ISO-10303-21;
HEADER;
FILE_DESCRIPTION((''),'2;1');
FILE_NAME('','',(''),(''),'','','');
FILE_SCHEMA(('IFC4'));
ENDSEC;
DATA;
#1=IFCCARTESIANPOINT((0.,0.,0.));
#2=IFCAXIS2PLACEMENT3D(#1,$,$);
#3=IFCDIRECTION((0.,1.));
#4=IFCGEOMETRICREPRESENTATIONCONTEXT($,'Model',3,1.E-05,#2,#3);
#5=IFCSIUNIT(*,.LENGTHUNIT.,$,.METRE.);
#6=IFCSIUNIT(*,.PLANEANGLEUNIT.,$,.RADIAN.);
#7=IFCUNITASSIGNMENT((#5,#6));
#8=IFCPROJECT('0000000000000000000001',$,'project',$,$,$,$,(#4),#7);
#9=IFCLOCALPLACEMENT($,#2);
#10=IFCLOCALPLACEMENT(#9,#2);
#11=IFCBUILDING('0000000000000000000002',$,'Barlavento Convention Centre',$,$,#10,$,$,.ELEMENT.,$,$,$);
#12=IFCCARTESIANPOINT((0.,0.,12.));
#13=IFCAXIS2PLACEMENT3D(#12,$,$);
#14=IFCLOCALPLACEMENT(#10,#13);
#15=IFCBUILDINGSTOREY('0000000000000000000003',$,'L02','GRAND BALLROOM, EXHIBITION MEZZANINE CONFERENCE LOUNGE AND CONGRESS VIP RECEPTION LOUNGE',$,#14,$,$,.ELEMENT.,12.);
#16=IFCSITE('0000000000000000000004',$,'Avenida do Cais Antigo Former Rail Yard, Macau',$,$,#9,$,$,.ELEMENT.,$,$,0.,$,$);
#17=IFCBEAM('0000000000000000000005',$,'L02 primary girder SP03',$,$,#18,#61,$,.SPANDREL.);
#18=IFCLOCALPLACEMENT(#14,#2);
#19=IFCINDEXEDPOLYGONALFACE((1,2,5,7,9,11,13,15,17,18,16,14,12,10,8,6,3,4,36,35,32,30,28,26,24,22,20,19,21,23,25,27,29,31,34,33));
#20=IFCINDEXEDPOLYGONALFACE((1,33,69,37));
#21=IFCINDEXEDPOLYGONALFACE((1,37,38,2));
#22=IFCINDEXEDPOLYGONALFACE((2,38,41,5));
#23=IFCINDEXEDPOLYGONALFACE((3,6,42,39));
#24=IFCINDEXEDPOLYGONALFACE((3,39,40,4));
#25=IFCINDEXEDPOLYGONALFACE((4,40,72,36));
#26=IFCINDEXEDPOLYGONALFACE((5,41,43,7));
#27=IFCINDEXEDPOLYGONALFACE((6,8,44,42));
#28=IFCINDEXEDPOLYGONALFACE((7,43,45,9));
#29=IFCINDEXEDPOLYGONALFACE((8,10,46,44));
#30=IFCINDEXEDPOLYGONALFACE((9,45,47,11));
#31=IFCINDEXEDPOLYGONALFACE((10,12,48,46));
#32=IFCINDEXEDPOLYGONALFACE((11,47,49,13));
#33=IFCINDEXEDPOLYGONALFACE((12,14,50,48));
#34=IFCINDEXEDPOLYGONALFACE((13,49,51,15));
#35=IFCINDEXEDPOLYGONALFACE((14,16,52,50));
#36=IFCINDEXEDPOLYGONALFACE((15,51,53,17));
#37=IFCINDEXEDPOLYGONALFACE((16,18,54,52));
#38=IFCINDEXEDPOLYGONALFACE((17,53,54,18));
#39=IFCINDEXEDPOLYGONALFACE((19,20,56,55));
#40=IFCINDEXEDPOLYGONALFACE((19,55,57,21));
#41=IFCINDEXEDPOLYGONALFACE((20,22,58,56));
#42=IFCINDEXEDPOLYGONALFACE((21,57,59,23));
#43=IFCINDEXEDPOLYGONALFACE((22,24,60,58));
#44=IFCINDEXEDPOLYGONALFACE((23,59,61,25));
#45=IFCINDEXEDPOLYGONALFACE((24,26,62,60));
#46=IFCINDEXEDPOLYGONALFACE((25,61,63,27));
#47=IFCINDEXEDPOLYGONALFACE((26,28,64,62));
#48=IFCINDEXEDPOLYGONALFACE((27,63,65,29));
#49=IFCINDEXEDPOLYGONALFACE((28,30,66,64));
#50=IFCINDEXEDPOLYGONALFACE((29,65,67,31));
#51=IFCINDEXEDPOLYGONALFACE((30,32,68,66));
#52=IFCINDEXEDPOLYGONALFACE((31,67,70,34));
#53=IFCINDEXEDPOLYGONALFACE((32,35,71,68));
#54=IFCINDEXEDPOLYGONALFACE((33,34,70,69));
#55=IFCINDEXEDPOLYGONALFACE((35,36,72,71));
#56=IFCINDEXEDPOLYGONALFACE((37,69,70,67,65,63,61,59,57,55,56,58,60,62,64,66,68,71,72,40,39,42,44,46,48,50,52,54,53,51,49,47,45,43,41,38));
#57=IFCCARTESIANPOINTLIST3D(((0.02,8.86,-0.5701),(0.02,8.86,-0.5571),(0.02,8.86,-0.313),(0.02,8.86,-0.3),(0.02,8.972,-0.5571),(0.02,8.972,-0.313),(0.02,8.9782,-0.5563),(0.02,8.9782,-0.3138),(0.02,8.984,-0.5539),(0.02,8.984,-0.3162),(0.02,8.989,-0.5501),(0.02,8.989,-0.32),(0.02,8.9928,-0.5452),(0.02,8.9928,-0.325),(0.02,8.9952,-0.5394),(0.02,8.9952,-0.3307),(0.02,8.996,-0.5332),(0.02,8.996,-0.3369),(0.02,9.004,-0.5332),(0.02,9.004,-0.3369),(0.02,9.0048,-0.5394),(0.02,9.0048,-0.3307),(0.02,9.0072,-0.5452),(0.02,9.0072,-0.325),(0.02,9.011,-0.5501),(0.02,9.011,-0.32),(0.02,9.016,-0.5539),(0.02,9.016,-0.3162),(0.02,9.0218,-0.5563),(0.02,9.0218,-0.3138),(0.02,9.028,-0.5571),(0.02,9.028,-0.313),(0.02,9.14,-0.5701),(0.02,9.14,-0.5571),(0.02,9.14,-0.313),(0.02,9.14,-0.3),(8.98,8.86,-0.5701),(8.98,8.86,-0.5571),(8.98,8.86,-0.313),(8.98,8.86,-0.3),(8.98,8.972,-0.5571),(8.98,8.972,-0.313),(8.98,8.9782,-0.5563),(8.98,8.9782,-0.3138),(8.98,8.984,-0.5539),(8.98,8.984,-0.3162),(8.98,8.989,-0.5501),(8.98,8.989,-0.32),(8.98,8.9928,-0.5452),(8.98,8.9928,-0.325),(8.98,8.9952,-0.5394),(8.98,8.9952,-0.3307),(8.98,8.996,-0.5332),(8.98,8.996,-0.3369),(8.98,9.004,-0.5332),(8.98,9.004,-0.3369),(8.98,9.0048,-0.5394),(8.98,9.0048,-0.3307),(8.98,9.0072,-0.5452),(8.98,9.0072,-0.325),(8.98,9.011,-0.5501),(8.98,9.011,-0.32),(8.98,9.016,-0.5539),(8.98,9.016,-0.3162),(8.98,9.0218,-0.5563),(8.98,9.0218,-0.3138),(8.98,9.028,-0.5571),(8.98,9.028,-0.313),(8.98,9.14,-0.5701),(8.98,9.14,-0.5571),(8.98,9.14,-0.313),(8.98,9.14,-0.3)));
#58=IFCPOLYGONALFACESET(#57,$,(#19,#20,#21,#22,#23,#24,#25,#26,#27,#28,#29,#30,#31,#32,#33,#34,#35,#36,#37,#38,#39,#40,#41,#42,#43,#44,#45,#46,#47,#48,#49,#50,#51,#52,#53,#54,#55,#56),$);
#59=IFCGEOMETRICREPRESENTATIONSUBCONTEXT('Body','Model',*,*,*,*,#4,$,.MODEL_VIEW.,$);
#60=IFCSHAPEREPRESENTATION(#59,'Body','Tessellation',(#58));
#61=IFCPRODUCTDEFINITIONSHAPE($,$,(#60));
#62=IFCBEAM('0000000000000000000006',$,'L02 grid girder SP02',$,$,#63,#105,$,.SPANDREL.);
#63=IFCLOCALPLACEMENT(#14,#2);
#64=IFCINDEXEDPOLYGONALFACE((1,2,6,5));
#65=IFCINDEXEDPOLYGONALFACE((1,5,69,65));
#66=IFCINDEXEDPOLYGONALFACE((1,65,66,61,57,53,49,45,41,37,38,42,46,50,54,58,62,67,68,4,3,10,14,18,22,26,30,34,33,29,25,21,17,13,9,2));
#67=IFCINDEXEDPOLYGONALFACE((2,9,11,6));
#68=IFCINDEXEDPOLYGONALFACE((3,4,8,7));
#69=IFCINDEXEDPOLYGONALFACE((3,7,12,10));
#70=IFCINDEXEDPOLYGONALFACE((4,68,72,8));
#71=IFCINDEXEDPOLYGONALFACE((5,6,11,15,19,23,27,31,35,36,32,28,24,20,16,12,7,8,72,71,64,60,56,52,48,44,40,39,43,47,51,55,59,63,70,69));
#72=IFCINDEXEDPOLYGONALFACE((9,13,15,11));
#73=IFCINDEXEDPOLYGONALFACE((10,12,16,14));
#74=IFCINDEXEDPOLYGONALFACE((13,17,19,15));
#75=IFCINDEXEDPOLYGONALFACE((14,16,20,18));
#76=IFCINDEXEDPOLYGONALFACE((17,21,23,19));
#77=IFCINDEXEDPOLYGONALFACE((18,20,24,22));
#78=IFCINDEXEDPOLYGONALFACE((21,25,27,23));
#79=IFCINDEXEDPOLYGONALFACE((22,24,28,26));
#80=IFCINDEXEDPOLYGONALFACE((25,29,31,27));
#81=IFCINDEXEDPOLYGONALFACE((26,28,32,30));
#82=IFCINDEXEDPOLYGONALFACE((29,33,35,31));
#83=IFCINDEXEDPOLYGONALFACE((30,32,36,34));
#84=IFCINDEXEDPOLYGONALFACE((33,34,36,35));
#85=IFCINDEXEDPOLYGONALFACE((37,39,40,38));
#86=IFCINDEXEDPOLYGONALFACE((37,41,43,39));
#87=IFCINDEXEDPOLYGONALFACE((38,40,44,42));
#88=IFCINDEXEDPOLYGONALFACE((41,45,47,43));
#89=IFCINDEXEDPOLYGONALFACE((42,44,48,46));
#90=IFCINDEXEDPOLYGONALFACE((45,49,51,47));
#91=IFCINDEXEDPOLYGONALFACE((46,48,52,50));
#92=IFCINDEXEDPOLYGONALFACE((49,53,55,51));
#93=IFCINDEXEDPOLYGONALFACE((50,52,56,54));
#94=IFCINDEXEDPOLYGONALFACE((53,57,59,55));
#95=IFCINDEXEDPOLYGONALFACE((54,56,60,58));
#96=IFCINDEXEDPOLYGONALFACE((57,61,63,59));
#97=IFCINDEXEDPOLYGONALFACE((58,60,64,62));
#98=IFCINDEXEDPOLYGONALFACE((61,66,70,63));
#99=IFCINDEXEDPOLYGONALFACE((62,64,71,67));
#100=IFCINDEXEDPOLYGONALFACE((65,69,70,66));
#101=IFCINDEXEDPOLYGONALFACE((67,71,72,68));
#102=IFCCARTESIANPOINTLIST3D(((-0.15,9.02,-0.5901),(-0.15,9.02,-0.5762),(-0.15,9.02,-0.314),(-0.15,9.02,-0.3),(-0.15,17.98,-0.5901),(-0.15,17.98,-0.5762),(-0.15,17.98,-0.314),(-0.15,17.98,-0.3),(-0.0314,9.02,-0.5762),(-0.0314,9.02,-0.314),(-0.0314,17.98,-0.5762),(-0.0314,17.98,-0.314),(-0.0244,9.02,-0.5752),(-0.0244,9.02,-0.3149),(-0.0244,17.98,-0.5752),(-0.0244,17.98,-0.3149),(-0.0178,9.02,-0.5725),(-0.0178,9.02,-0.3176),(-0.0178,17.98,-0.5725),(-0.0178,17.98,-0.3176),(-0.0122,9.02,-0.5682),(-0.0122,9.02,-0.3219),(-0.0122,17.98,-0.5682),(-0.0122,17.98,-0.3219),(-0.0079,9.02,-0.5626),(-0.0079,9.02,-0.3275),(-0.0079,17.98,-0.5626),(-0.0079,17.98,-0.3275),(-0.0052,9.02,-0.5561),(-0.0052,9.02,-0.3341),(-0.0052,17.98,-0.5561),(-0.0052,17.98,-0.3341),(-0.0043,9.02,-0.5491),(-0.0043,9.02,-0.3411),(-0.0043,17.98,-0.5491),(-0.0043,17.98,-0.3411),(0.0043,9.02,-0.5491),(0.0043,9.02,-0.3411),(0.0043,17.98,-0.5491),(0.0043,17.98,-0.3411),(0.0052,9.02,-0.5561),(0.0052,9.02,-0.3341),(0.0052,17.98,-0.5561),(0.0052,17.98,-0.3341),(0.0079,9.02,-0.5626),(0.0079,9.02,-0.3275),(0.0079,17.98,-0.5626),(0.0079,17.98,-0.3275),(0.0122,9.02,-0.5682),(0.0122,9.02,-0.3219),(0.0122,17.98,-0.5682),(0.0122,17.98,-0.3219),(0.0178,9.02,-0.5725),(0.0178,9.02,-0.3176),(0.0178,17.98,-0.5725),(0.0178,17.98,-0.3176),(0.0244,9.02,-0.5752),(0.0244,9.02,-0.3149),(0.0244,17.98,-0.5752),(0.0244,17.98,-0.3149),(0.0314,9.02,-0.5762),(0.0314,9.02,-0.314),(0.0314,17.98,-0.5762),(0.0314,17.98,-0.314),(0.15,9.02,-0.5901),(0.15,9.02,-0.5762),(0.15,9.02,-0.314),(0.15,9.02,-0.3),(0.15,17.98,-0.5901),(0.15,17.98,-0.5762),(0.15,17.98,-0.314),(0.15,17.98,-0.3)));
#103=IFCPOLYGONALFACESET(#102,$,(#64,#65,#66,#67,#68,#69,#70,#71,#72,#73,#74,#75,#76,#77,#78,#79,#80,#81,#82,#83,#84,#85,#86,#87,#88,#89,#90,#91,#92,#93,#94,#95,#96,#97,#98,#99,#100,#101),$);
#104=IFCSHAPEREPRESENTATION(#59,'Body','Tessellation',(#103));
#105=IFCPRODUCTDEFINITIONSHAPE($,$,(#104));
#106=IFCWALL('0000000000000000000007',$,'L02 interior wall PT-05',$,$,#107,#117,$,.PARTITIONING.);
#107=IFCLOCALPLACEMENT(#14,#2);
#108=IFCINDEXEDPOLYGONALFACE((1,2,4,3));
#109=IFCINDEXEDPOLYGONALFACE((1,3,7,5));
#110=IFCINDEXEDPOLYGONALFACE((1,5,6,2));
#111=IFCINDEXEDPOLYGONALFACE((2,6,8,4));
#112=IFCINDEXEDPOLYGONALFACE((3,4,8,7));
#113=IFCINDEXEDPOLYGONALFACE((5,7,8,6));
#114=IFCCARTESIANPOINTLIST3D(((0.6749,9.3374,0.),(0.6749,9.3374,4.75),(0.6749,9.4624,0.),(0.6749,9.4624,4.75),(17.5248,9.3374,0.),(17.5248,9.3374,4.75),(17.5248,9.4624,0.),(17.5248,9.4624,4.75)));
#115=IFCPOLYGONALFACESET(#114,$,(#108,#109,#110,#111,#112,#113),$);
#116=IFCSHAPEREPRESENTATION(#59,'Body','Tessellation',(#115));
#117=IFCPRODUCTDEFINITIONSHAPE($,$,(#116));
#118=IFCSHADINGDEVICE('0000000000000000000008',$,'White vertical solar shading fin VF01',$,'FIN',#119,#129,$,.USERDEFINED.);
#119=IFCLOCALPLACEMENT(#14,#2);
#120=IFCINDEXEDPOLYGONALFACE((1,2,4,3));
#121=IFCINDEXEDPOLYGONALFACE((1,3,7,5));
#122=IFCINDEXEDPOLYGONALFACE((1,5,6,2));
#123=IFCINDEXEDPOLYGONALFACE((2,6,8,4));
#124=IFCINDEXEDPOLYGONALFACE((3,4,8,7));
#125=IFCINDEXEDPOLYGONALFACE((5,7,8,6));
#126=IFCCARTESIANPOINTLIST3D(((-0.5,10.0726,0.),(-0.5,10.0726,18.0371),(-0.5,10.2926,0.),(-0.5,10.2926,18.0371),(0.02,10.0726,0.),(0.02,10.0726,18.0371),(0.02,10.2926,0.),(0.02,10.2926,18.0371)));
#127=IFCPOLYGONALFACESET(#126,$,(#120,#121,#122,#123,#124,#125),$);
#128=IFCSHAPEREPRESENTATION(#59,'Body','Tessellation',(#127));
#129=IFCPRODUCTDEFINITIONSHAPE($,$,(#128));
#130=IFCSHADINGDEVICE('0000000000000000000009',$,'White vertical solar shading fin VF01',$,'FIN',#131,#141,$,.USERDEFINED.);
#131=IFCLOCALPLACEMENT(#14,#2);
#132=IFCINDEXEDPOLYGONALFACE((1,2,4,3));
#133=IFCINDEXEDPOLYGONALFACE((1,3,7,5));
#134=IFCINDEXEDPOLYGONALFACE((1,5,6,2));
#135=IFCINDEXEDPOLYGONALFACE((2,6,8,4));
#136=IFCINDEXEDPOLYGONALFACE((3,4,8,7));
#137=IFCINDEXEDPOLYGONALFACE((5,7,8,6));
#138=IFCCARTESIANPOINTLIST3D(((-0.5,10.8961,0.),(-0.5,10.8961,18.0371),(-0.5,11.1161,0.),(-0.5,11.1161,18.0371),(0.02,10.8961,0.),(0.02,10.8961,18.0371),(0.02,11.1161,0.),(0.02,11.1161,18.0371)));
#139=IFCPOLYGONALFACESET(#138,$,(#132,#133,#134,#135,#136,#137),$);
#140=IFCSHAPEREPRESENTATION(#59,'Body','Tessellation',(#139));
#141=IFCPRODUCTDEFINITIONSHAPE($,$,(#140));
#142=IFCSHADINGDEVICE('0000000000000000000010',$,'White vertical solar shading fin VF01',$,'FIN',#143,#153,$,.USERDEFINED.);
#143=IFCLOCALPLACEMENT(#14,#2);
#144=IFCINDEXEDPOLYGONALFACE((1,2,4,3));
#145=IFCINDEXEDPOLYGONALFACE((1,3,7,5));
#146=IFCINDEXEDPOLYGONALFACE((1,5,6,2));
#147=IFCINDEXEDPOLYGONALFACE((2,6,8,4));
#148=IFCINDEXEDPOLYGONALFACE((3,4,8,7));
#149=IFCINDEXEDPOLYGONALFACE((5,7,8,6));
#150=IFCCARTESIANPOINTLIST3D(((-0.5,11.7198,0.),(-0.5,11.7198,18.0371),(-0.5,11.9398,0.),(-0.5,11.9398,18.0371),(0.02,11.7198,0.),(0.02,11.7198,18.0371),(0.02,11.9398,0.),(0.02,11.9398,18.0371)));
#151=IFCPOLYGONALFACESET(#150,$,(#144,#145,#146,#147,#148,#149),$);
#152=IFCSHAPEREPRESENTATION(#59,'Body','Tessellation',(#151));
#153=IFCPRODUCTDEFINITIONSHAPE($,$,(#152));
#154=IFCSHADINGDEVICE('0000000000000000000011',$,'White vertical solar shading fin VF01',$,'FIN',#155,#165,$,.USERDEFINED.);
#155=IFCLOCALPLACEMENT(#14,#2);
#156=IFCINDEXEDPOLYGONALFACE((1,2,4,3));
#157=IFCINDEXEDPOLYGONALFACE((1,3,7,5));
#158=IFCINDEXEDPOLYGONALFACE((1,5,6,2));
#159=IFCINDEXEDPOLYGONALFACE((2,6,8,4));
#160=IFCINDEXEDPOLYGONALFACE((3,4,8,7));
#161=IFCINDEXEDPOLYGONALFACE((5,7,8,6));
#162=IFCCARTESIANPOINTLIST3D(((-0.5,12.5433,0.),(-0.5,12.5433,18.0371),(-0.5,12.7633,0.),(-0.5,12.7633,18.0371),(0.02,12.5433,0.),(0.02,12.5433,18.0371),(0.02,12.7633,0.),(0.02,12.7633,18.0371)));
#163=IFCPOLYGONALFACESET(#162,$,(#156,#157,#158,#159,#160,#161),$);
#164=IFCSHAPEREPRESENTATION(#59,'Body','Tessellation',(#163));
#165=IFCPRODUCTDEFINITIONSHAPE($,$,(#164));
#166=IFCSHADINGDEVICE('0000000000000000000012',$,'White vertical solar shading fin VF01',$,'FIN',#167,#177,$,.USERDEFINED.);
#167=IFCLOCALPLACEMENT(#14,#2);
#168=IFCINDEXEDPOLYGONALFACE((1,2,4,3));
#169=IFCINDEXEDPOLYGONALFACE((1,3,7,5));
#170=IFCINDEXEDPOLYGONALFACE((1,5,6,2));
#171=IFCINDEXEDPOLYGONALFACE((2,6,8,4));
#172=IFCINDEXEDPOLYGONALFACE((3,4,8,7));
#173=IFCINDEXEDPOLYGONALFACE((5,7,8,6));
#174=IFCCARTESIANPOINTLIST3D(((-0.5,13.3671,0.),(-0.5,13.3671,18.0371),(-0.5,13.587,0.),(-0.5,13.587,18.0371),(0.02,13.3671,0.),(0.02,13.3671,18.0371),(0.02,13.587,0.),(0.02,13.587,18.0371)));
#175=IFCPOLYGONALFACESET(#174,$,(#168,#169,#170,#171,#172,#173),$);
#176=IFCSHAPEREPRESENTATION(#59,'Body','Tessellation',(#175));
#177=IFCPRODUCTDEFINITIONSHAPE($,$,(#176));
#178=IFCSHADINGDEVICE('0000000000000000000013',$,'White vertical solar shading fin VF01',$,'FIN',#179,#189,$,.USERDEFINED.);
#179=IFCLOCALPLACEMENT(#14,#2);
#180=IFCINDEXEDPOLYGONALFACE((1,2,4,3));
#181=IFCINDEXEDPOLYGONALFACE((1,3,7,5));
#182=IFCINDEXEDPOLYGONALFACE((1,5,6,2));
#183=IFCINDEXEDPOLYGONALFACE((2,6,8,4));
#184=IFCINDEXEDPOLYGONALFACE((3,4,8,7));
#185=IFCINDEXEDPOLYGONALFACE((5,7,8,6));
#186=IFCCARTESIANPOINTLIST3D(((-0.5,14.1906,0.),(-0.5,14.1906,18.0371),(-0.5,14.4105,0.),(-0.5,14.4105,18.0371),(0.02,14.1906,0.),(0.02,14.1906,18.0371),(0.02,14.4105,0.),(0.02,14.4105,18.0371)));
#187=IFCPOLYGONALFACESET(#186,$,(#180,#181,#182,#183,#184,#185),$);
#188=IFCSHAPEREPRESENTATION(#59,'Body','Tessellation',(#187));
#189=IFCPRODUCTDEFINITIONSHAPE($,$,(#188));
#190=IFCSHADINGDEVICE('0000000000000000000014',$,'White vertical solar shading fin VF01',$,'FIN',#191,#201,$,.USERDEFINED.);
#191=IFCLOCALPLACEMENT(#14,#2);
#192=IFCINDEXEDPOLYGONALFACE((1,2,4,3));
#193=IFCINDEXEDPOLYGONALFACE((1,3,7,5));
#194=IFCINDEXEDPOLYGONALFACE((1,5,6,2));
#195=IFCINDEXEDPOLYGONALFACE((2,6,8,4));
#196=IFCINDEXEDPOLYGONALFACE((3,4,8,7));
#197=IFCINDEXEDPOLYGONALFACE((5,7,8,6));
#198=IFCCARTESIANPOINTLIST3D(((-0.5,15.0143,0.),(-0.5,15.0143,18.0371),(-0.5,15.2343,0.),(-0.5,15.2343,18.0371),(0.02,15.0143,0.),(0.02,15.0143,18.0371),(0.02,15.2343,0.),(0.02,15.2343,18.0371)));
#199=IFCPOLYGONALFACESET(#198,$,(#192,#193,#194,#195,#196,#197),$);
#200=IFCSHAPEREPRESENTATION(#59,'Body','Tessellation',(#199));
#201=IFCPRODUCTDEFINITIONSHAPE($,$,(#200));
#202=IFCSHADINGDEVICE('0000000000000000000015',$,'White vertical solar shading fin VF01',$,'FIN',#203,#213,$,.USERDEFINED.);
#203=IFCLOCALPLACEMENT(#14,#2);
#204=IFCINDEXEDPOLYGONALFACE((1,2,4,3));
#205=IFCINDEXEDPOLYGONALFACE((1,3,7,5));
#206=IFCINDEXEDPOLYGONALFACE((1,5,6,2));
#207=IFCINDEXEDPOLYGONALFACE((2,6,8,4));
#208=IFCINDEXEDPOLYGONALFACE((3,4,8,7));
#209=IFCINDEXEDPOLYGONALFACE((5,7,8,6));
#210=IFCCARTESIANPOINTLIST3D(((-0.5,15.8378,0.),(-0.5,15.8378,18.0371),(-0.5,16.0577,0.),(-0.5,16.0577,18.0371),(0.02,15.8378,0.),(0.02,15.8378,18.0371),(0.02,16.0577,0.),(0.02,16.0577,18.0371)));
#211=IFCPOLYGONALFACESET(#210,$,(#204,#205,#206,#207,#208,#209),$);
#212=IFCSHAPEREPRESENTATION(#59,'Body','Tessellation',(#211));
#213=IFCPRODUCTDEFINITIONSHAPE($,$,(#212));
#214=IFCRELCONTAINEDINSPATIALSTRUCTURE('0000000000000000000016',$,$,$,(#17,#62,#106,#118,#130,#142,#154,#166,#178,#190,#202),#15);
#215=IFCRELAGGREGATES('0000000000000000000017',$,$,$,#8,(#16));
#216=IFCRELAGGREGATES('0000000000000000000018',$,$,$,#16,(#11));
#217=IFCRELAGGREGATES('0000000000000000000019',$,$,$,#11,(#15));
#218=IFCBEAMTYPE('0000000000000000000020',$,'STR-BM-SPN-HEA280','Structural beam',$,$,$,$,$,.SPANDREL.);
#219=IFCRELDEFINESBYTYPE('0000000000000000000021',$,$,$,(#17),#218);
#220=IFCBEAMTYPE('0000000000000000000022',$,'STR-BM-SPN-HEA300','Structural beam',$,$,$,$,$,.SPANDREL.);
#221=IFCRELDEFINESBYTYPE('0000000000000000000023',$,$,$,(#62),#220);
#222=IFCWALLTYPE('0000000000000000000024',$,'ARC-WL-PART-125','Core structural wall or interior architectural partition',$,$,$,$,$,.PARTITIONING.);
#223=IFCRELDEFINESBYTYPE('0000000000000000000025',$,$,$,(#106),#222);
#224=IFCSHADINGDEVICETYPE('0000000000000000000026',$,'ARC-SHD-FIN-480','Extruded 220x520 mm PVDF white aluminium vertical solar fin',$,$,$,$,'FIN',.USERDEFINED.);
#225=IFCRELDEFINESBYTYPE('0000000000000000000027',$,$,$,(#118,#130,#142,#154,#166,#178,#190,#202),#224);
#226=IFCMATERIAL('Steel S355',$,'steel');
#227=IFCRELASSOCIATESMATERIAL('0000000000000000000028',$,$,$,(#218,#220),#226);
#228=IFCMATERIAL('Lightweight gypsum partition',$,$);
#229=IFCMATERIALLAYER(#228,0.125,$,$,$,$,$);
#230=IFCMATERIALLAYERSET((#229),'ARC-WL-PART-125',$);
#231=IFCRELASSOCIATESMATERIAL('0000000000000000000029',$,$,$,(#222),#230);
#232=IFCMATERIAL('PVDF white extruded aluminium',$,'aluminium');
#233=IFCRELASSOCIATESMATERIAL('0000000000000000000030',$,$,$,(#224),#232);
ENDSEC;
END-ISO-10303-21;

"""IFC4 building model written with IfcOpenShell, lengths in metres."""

from ifc_helpers import new_model, si_unit, direction, frame, frame_2d, origin, origin_2d, place, context, subcontext, project, spatial, rectangle, i_section, extrude, material, layer, layer_set, material_profile, profile_set, type_object, element, save


model = new_model("IFC4")

# Units and contexts
model_context = context("Model", 3, precision=1e-05, world=origin(), true_north=direction((0.0, 1.0)))
body_context = subcontext(model_context, "Body", "Model", "MODEL_VIEW")
ifc_project = project(units=[si_unit("LENGTHUNIT", "METRE"), si_unit("PLANEANGLEUNIT", "RADIAN")], contexts=[model_context])

# Site, building, storey
site_placement = place(None, origin())
site = spatial("IfcSite", under=ifc_project, at=site_placement, Name="Avenida do Cais Antigo Former Rail Yard, Macau", CompositionType="ELEMENT", RefElevation=0.0)
building_placement = place(site_placement, origin())
building = spatial("IfcBuilding", under=site, at=building_placement, Name="Barlavento Convention Centre", CompositionType="ELEMENT")
storey_placement = place(building_placement, frame((0.0, 0.0, 12.0)))
storey = spatial("IfcBuildingStorey", under=building, at=storey_placement, Name="L02", Description="GRAND BALLROOM, EXHIBITION MEZZANINE CONFERENCE LOUNGE AND CONGRESS VIP RECEPTION LOUNGE", CompositionType="ELEMENT", Elevation=12.0)

# Beams
ifc_material_1 = material(Name="Steel S355", Category="steel")
ifc_material_profile_1 = material_profile(ifc_material_1, i_section(OverallWidth=0.28, OverallDepth=0.27, WebThickness=0.0081, FlangeThickness=0.0129, FilletRadius=0.0239, at=origin_2d()), Name="HEA 280")
ifc_profile_set_1 = profile_set([ifc_material_profile_1], Name="Steel S355")
beam_type_1 = type_object("IfcBeamType", Name="STR-BM-SPN-HEA280", Description="Structural beam", PredefinedType="SPANDREL", material=ifc_profile_set_1)
beam_1_placement = place(storey_placement, frame((0.02, 9.0, -0.4351), z_axis=(1.0, 0.0, 0.0), x_axis=(0.0, 1.0, 0.0)))
element("IfcBeam", 1, at=beam_1_placement, inside=storey, type_object=beam_type_1, Name="L02 primary girder SP03", PredefinedType="SPANDREL", context=body_context, shape_type="SweptSolid", body=[
    extrude(i_section(OverallWidth=0.28, OverallDepth=0.27, WebThickness=0.0081, FlangeThickness=0.0129, FilletRadius=0.0239, at=origin_2d()), origin(), (0.0, 0.0, 1.0), 8.96),
])
ifc_material_profile_2 = material_profile(ifc_material_1, i_section(OverallWidth=0.3, OverallDepth=0.29, WebThickness=0.0085, FlangeThickness=0.0139, FilletRadius=0.0271, at=origin_2d()), Name="HEA 300")
ifc_profile_set_2 = profile_set([ifc_material_profile_2], Name="Steel S355")
beam_type_2 = type_object("IfcBeamType", Name="STR-BM-SPN-HEA300", Description="Structural beam", PredefinedType="SPANDREL", material=ifc_profile_set_2)
beam_2_placement = place(storey_placement, frame((0.0, 9.02, -0.4451), z_axis=(0.0, 1.0, 0.0), x_axis=(-1.0, 0.0, 0.0)))
element("IfcBeam", 2, at=beam_2_placement, inside=storey, type_object=beam_type_2, Name="L02 grid girder SP02", PredefinedType="SPANDREL", context=body_context, shape_type="SweptSolid", body=[
    extrude(i_section(OverallWidth=0.3, OverallDepth=0.29, WebThickness=0.0085, FlangeThickness=0.0139, FilletRadius=0.0271, at=origin_2d()), origin(), (0.0, 0.0, 1.0), 8.96),
])

# Wall
ifc_material_2 = material(Name="Lightweight gypsum partition")
ifc_layer_1 = layer(ifc_material_2, 0.125)
ifc_layer_set_1 = layer_set([ifc_layer_1], Name="ARC-WL-PART-125")
wall_type = type_object("IfcWallType", Name="ARC-WL-PART-125", Description="Core structural wall or interior architectural partition", PredefinedType="PARTITIONING", material=ifc_layer_set_1)
wall_placement = place(storey_placement, frame((0.675, 9.3999, 0.0), z_axis=(0.0, 0.0, 1.0), x_axis=(1.0, 0.0, 0.0)))
element("IfcWall", 3, at=wall_placement, inside=storey, type_object=wall_type, Name="L02 interior wall PT-05", PredefinedType="PARTITIONING", context=body_context, shape_type="SweptSolid", body=[
    extrude(rectangle(XDim=16.8499, YDim=0.125, at=frame_2d((8.4248, 0.0))), origin(), (0.0, 0.0, 1.0), 4.75),
])

# Shading devices
ifc_material_3 = material(Name="PVDF white extruded aluminium", Category="aluminium")
shading_device_type = type_object("IfcShadingDeviceType", Name="ARC-SHD-FIN-480", Description="Extruded 220x520 mm PVDF white aluminium vertical solar fin", ElementType="FIN", PredefinedType="USERDEFINED", material=ifc_material_3)
for number, where, z_axis, x_axis, name in (
    (4, (-0.24, 10.1826, 0.0), (0.0, 0.0, 1.0), (0.0, 1.0, 0.0), "White vertical solar shading fin VF01"),
    (5, (-0.24, 11.0061, 0.0), (0.0, 0.0, 1.0), (0.0, 1.0, 0.0), "White vertical solar shading fin VF01"),
    (6, (-0.24, 11.8298, 0.0), (0.0, 0.0, 1.0), (0.0, 1.0, 0.0), "White vertical solar shading fin VF01"),
    (7, (-0.24, 12.6533, 0.0), (0.0, 0.0, 1.0), (0.0, 1.0, 0.0), "White vertical solar shading fin VF01"),
    (8, (-0.24, 13.4771, 0.0), (0.0, 0.0, 1.0), (0.0, 1.0, 0.0), "White vertical solar shading fin VF01"),
    (9, (-0.24, 14.3005, 0.0), (0.0, 0.0, 1.0), (0.0, 1.0, 0.0), "White vertical solar shading fin VF01"),
    (10, (-0.24, 15.1243, 0.0), (0.0, 0.0, 1.0), (0.0, 1.0, 0.0), "White vertical solar shading fin VF01"),
    (11, (-0.24, 15.9478, 0.0), (0.0, 0.0, 1.0), (0.0, 1.0, 0.0), "White vertical solar shading fin VF01"),
):
    element("IfcShadingDevice", number, at=place(storey_placement, frame(where, z_axis=z_axis, x_axis=x_axis)), inside=storey, type_object=shading_device_type, Name=name, ObjectType="FIN", PredefinedType="USERDEFINED", context=body_context, shape_type="SweptSolid", body=[
        extrude(rectangle(XDim=0.22, YDim=0.52, at=origin_2d()), origin(), (0.0, 0.0, 1.0), 18.0371),
    ])

save(model, "model.ifc")
